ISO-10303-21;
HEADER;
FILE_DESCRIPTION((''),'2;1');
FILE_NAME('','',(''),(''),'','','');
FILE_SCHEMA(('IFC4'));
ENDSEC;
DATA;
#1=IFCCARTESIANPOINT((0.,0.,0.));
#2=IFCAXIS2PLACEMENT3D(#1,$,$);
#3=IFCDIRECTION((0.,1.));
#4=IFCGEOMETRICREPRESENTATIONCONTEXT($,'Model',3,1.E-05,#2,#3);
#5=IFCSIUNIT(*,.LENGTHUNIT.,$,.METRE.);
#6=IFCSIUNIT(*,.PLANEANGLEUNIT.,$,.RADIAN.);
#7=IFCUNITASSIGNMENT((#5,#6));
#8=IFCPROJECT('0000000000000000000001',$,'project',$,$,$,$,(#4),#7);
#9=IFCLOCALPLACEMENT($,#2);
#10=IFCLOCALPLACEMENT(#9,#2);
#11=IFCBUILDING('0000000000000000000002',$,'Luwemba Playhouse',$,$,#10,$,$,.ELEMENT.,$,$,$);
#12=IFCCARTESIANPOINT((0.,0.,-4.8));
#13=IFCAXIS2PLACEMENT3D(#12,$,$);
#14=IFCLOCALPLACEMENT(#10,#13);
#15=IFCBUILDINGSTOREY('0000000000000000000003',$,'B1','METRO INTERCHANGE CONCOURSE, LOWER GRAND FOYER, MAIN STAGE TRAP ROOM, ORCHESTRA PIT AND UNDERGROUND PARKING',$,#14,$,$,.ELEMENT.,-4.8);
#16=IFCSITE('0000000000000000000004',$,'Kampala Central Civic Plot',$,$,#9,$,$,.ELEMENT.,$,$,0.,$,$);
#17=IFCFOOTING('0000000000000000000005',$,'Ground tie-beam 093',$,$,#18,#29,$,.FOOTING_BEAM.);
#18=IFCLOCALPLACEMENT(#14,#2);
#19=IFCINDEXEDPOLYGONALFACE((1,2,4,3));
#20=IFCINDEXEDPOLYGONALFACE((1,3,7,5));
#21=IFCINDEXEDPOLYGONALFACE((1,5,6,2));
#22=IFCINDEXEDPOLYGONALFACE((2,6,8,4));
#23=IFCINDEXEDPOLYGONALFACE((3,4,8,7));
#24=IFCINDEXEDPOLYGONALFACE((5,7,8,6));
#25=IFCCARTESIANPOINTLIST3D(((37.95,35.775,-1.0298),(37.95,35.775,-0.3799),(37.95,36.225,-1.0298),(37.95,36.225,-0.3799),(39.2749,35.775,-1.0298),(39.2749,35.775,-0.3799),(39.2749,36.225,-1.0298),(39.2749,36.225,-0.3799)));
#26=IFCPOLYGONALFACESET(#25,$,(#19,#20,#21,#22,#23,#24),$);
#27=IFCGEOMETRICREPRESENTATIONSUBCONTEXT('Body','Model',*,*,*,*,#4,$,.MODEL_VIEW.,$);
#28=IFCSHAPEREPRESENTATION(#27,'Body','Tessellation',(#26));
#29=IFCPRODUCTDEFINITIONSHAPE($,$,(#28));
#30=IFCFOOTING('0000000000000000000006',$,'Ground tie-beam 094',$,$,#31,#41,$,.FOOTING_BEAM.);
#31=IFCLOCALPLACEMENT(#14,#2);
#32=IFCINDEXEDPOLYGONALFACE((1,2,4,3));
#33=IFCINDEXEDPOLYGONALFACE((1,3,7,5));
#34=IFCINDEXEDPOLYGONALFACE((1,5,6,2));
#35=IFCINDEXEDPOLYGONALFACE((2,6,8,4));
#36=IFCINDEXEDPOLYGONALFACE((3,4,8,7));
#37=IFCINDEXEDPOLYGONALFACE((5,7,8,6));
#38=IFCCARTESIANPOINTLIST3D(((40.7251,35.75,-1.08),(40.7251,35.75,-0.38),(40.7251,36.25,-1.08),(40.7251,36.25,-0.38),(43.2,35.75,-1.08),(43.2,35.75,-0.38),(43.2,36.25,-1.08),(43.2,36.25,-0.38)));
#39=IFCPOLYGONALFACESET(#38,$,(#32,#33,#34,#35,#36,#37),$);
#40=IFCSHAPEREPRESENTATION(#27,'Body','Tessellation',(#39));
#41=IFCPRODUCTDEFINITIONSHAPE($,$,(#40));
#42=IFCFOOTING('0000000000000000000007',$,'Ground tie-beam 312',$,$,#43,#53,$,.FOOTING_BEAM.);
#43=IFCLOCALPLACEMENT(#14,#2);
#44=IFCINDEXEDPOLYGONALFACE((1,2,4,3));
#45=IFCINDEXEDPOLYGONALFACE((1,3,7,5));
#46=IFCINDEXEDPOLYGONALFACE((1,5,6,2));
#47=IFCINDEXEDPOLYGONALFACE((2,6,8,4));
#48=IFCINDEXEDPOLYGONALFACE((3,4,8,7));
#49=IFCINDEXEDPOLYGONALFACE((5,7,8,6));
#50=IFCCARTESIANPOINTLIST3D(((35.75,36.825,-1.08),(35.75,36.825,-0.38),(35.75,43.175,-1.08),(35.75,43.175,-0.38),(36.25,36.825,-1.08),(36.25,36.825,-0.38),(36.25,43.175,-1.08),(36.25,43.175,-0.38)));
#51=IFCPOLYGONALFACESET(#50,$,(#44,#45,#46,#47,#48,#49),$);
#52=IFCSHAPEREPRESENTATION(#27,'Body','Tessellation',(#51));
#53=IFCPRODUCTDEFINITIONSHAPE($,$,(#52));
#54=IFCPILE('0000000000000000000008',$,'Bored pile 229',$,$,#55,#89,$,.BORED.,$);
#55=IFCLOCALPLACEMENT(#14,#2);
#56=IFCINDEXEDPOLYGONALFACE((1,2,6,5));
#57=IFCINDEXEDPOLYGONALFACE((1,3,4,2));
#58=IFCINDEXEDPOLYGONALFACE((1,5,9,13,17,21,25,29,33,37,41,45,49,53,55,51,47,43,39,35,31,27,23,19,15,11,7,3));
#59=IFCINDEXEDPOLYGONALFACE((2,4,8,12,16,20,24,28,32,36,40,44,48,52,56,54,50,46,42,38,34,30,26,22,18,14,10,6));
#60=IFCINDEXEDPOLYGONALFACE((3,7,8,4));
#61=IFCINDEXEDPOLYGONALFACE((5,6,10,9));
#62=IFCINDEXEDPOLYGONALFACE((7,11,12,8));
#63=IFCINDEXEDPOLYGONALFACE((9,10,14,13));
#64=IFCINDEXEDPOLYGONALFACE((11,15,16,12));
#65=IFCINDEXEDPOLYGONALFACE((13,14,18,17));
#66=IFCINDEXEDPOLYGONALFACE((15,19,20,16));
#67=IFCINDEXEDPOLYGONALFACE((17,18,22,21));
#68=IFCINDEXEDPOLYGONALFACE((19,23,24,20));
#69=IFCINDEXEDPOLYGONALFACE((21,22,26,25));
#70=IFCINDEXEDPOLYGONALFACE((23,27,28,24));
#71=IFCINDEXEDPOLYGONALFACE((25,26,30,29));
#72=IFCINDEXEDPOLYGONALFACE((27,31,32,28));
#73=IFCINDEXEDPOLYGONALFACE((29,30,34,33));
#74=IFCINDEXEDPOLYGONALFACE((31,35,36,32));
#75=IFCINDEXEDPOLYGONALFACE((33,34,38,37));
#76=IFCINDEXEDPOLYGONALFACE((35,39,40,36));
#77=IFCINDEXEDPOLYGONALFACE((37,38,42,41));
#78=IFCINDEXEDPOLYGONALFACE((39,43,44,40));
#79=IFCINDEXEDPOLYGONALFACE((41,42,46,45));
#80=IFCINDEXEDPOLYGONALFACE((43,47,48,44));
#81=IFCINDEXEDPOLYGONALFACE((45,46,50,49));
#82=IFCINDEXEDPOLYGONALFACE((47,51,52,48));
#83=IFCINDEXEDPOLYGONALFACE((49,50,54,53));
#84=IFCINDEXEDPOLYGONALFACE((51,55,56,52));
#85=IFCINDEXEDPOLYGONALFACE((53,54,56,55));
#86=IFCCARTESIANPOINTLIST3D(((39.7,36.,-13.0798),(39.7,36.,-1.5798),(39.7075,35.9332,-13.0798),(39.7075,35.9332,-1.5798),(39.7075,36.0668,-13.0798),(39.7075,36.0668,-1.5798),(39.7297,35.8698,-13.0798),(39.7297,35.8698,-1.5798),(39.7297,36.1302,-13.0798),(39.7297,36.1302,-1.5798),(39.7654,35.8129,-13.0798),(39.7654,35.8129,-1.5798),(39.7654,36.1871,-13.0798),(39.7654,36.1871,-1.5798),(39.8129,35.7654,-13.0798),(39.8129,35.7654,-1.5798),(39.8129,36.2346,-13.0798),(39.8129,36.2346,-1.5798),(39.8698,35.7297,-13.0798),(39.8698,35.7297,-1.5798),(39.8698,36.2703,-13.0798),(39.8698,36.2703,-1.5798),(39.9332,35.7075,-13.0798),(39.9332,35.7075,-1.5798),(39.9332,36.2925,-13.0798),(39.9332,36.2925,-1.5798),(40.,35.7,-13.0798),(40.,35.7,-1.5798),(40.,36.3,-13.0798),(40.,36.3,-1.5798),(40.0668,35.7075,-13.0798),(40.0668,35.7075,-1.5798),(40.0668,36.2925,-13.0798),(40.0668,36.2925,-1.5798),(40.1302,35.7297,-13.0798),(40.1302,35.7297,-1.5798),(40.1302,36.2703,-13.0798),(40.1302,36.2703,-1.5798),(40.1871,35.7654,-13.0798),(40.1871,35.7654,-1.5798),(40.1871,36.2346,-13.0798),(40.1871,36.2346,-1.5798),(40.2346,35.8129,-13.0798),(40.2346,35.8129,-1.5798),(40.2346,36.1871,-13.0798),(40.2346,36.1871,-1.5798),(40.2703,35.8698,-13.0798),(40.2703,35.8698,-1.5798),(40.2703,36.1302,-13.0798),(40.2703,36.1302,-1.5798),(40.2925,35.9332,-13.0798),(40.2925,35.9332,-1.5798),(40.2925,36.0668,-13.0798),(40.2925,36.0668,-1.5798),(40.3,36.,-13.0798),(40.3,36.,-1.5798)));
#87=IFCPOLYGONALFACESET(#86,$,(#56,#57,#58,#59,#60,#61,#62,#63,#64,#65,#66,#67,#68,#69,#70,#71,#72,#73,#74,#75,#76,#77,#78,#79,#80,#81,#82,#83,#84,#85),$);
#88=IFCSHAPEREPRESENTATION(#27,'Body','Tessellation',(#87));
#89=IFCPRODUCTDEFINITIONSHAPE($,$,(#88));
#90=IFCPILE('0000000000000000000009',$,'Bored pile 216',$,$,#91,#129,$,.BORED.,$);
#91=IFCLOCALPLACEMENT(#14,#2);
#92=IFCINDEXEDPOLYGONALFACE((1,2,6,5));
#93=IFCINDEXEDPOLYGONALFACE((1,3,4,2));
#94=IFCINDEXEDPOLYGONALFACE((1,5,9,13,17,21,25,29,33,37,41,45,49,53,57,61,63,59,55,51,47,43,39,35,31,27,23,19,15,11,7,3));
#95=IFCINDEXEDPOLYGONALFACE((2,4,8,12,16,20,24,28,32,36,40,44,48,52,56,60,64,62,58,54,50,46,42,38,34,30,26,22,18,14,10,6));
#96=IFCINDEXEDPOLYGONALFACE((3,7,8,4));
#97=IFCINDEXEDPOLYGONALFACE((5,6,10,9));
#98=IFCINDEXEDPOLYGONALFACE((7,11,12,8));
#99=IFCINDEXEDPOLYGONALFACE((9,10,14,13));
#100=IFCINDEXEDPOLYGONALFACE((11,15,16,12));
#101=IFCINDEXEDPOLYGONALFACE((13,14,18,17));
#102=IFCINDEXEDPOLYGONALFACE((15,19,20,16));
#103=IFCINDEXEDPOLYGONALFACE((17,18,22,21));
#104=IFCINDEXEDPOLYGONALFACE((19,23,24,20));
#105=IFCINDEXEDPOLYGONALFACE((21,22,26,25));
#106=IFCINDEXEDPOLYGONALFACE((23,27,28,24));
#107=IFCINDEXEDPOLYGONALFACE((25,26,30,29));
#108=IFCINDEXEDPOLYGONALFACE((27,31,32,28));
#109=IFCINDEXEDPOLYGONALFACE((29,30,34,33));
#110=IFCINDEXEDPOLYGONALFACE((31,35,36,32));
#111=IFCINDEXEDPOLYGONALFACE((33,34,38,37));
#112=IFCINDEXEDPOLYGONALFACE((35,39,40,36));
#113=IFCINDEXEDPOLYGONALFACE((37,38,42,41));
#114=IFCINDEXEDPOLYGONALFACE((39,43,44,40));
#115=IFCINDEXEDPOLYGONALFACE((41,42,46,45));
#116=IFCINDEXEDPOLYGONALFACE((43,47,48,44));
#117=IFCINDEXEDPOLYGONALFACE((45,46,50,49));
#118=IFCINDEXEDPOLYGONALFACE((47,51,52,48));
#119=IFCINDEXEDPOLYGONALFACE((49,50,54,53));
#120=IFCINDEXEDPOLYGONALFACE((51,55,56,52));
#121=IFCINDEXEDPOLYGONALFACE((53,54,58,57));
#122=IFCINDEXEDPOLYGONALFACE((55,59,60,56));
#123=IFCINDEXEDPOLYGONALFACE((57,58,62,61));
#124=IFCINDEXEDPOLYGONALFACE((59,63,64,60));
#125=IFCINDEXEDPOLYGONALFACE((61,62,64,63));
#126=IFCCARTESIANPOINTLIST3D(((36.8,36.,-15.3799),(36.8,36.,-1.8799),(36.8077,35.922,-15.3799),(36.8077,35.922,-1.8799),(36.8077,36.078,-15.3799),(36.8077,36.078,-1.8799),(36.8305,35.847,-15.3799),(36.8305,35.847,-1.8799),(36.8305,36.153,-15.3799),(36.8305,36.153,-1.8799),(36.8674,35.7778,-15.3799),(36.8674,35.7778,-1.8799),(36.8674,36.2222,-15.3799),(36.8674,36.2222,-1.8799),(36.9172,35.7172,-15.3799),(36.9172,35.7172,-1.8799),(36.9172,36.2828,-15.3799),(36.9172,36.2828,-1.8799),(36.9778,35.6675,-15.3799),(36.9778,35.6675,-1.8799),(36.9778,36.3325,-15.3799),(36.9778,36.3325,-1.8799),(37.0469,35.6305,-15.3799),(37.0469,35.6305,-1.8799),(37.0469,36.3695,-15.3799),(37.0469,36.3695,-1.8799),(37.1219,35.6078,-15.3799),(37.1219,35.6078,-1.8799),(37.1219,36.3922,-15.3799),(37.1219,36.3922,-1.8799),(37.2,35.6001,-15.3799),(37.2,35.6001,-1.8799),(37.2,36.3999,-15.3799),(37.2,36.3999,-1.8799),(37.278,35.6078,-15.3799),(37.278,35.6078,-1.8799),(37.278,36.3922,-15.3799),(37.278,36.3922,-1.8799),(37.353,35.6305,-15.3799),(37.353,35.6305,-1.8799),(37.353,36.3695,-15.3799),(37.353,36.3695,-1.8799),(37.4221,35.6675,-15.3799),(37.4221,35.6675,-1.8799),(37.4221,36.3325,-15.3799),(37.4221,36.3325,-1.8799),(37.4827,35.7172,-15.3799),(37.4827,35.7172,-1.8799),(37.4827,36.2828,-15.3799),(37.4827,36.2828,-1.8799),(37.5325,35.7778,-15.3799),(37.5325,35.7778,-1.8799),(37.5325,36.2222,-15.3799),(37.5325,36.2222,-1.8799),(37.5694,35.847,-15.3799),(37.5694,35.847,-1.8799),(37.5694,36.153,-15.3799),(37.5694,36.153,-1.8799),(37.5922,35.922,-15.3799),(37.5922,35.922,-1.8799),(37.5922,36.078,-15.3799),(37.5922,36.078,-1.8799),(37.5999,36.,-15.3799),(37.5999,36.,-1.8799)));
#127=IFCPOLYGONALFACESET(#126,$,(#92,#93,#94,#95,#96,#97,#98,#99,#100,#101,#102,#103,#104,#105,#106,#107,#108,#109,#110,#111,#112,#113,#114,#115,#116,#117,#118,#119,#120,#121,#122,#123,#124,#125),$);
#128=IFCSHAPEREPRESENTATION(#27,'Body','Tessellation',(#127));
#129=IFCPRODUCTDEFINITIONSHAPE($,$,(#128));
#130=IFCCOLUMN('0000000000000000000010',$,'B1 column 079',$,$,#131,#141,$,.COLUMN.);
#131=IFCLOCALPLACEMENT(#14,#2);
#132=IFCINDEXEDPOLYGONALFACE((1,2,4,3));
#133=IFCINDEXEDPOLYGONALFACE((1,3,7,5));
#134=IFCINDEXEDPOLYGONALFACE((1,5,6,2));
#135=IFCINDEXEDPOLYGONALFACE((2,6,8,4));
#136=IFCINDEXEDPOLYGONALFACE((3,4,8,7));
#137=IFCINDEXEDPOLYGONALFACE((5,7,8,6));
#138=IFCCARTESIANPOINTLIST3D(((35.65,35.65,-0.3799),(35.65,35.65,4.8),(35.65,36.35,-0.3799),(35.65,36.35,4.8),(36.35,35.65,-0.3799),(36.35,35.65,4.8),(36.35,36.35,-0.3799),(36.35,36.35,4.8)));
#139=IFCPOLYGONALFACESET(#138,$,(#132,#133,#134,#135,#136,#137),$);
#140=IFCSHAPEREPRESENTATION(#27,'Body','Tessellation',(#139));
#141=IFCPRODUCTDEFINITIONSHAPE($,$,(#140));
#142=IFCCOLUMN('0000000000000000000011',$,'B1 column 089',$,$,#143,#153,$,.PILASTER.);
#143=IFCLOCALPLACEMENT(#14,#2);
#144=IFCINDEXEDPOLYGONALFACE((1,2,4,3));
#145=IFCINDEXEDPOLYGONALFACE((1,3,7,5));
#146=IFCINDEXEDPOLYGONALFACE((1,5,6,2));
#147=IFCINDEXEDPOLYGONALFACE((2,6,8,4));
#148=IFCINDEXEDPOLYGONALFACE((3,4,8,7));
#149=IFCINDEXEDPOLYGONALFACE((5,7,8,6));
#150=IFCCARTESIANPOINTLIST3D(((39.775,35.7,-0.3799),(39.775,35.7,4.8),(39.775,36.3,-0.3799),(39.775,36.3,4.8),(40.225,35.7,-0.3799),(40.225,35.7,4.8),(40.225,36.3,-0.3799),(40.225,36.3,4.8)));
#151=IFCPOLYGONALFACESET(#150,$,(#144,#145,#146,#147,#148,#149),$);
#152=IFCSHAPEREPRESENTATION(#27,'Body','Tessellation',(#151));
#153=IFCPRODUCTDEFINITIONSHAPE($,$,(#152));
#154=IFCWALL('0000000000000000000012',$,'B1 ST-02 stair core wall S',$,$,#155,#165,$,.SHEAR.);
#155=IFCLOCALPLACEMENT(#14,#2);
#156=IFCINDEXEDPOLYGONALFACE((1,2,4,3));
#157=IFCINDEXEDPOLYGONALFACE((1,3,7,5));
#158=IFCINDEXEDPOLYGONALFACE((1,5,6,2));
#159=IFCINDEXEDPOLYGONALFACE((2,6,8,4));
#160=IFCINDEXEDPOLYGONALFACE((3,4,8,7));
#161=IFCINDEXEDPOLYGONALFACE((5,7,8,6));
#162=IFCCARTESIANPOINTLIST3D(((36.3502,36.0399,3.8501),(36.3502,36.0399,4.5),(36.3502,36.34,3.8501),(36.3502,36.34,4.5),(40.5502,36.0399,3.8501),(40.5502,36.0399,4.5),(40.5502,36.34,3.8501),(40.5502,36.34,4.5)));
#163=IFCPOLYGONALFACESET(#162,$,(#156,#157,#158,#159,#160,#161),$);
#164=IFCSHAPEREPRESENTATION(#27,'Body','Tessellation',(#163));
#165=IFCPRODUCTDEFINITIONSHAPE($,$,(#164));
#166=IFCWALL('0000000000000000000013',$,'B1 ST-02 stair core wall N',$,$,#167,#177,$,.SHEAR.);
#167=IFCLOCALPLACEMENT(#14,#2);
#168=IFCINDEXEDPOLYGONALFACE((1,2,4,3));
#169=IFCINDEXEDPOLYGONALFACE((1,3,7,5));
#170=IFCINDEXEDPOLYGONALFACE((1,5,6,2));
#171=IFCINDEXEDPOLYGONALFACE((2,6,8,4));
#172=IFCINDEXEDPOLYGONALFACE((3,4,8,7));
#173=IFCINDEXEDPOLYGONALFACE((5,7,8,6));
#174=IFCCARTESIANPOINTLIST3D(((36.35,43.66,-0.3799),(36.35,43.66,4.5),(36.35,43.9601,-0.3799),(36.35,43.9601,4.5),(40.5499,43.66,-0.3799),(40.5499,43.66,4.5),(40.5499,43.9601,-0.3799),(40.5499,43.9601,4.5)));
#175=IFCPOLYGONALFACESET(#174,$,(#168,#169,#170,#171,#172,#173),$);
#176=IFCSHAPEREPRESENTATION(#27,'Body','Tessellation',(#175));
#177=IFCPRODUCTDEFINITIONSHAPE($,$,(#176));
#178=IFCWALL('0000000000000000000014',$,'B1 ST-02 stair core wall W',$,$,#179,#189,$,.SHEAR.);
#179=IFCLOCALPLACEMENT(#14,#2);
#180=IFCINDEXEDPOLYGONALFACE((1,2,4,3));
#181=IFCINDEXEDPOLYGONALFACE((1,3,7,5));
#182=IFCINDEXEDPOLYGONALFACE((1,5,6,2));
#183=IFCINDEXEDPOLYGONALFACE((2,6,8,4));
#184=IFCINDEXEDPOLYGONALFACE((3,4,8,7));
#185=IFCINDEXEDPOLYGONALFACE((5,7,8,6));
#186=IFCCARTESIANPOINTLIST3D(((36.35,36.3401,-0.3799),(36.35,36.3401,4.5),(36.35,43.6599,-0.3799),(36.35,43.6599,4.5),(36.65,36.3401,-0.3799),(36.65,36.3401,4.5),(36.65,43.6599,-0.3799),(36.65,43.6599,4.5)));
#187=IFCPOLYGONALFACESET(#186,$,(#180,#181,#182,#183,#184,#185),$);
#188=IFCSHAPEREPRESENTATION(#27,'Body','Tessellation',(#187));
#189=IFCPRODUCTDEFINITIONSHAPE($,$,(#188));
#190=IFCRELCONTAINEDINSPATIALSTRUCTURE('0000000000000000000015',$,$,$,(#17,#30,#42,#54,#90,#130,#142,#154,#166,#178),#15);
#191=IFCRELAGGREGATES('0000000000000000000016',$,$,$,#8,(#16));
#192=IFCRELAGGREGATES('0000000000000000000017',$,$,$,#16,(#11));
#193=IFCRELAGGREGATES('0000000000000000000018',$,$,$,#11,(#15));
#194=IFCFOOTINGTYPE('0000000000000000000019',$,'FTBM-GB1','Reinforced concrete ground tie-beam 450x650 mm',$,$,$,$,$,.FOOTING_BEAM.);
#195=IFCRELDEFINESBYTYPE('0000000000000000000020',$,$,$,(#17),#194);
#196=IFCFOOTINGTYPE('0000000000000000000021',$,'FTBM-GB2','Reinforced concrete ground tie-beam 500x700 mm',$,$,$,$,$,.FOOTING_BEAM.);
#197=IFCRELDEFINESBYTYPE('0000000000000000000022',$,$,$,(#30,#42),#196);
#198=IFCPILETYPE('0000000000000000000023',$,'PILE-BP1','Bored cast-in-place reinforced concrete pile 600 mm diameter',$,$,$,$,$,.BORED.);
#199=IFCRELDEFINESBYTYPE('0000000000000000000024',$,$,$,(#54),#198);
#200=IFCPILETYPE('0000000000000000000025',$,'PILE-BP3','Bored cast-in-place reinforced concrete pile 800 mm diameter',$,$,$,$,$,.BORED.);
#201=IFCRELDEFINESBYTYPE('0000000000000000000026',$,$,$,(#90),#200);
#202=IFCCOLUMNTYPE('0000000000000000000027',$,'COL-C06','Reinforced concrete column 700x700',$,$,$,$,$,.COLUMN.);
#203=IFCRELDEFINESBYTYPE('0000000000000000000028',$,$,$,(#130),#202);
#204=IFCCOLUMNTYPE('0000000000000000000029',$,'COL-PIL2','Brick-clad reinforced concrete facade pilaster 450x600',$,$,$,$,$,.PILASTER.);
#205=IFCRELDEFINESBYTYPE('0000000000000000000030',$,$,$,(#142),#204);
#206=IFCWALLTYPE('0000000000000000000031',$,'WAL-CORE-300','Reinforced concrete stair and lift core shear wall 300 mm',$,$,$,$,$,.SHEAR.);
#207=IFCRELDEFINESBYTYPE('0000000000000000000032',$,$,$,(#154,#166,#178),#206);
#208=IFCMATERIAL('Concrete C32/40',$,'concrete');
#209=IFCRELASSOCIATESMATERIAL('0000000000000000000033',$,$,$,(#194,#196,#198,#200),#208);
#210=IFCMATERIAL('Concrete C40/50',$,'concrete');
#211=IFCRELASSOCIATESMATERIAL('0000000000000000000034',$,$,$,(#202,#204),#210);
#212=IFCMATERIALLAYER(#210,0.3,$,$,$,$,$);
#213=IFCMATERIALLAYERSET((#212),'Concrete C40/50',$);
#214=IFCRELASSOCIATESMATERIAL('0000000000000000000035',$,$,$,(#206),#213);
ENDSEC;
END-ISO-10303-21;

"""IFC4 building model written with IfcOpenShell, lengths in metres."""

from ifc_helpers import new_model, si_unit, direction, frame, frame_2d, origin, origin_2d, place, context, subcontext, project, spatial, rectangle, circle, extrude, material, layer, layer_set, material_profile, profile_set, type_object, element, save


model = new_model("IFC4")

# Units and contexts
model_context = context("Model", 3, precision=1e-05, world=origin(), true_north=direction((0.0, 1.0)))
body_context = subcontext(model_context, "Body", "Model", "MODEL_VIEW")
ifc_project = project(units=[si_unit("LENGTHUNIT", "METRE"), si_unit("PLANEANGLEUNIT", "RADIAN")], contexts=[model_context])

# Site, building, storey
site_placement = place(None, origin())
site = spatial("IfcSite", under=ifc_project, at=site_placement, Name="Kampala Central Civic Plot", CompositionType="ELEMENT", RefElevation=0.0)
building_placement = place(site_placement, origin())
building = spatial("IfcBuilding", under=site, at=building_placement, Name="Luwemba Playhouse", CompositionType="ELEMENT")
storey_placement = place(building_placement, frame((0.0, 0.0, -4.8)))
storey = spatial("IfcBuildingStorey", under=building, at=storey_placement, Name="B1", Description="METRO INTERCHANGE CONCOURSE, LOWER GRAND FOYER, MAIN STAGE TRAP ROOM, ORCHESTRA PIT AND UNDERGROUND PARKING", CompositionType="ELEMENT", Elevation=-4.8)

# Footings
ifc_material_1 = material(Name="Concrete C32/40", Category="concrete")
ifc_material_profile_1 = material_profile(ifc_material_1, rectangle(XDim=0.45, YDim=0.6499, at=origin_2d()))
ifc_profile_set_1 = profile_set([ifc_material_profile_1], Name="Concrete C32/40")
footing_type_1 = type_object("IfcFootingType", Name="FTBM-GB1", Description="Reinforced concrete ground tie-beam 450x650 mm", PredefinedType="FOOTING_BEAM", material=ifc_profile_set_1)
footing_1_placement = place(storey_placement, frame((37.95, 36.0, -0.7048), z_axis=(1.0, 0.0, 0.0), x_axis=(0.0, 1.0, 0.0)))
element("IfcFooting", 1, at=footing_1_placement, inside=storey, type_object=footing_type_1, Name="Ground tie-beam 093", PredefinedType="FOOTING_BEAM", context=body_context, shape_type="SweptSolid", body=[
    extrude(rectangle(XDim=0.45, YDim=0.6499, at=origin_2d()), origin(), (0.0, 0.0, 1.0), 1.325),
])
ifc_material_profile_2 = material_profile(ifc_material_1, rectangle(XDim=0.5, YDim=0.7, at=origin_2d()))
ifc_profile_set_2 = profile_set([ifc_material_profile_2], Name="Concrete C32/40")
footing_type_2 = type_object("IfcFootingType", Name="FTBM-GB2", Description="Reinforced concrete ground tie-beam 500x700 mm", PredefinedType="FOOTING_BEAM", material=ifc_profile_set_2)
footing_2_placement = place(storey_placement, frame((40.7251, 36.0, -0.73), z_axis=(1.0, 0.0, 0.0), x_axis=(0.0, 1.0, 0.0)))
element("IfcFooting", 2, at=footing_2_placement, inside=storey, type_object=footing_type_2, Name="Ground tie-beam 094", PredefinedType="FOOTING_BEAM", context=body_context, shape_type="SweptSolid", body=[
    extrude(rectangle(XDim=0.5, YDim=0.7, at=origin_2d()), origin(), (0.0, 0.0, 1.0), 2.4749),
])
footing_3_placement = place(storey_placement, frame((36.0, 36.825, -0.73), z_axis=(0.0, 1.0, 0.0), x_axis=(-1.0, 0.0, 0.0)))
element("IfcFooting", 3, at=footing_3_placement, inside=storey, type_object=footing_type_2, Name="Ground tie-beam 312", PredefinedType="FOOTING_BEAM", context=body_context, shape_type="SweptSolid", body=[
    extrude(rectangle(XDim=0.5, YDim=0.7, at=origin_2d()), origin(), (0.0, 0.0, 1.0), 6.3501),
])

# Piles
ifc_material_profile_3 = material_profile(ifc_material_1, circle(Radius=0.3, at=origin_2d()))
ifc_profile_set_3 = profile_set([ifc_material_profile_3], Name="Concrete C32/40")
pile_type_1 = type_object("IfcPileType", Name="PILE-BP1", Description="Bored cast-in-place reinforced concrete pile 600 mm diameter", PredefinedType="BORED", material=ifc_profile_set_3)
pile_1_placement = place(storey_placement, frame((40.0, 36.0, -1.5798), z_axis=(0.0, 0.0, -1.0), x_axis=(1.0, 0.0, 0.0)))
element("IfcPile", 4, at=pile_1_placement, inside=storey, type_object=pile_type_1, Name="Bored pile 229", PredefinedType="BORED", context=body_context, shape_type="SweptSolid", body=[
    extrude(circle(Radius=0.3, at=origin_2d()), origin(), (0.0, 0.0, 1.0), 11.5),
])
ifc_material_profile_4 = material_profile(ifc_material_1, circle(Radius=0.3999, at=origin_2d()))
ifc_profile_set_4 = profile_set([ifc_material_profile_4], Name="Concrete C32/40")
pile_type_2 = type_object("IfcPileType", Name="PILE-BP3", Description="Bored cast-in-place reinforced concrete pile 800 mm diameter", PredefinedType="BORED", material=ifc_profile_set_4)
pile_2_placement = place(storey_placement, frame((37.2, 36.0, -1.8799), z_axis=(0.0, 0.0, -1.0), x_axis=(1.0, 0.0, 0.0)))
element("IfcPile", 5, at=pile_2_placement, inside=storey, type_object=pile_type_2, Name="Bored pile 216", PredefinedType="BORED", context=body_context, shape_type="SweptSolid", body=[
    extrude(circle(Radius=0.3999, at=origin_2d()), origin(), (0.0, 0.0, 1.0), 13.5),
])

# Columns
ifc_material_2 = material(Name="Concrete C40/50", Category="concrete")
ifc_material_profile_5 = material_profile(ifc_material_2, rectangle(XDim=0.7, YDim=0.7, at=origin_2d()))
ifc_profile_set_5 = profile_set([ifc_material_profile_5], Name="Concrete C40/50")
column_type_1 = type_object("IfcColumnType", Name="COL-C06", Description="Reinforced concrete column 700x700", PredefinedType="COLUMN", material=ifc_profile_set_5)
column_1_placement = place(storey_placement, frame((36.0, 36.0, -0.3799), z_axis=(0.0, 0.0, 1.0), x_axis=(1.0, 0.0, 0.0)))
element("IfcColumn", 6, at=column_1_placement, inside=storey, type_object=column_type_1, Name="B1 column 079", PredefinedType="COLUMN", context=body_context, shape_type="SweptSolid", body=[
    extrude(rectangle(XDim=0.7, YDim=0.7, at=origin_2d()), origin(), (0.0, 0.0, 1.0), 5.1799),
])
ifc_material_profile_6 = material_profile(ifc_material_2, rectangle(XDim=0.45, YDim=0.6001, at=origin_2d()))
ifc_profile_set_6 = profile_set([ifc_material_profile_6], Name="Concrete C40/50")
column_type_2 = type_object("IfcColumnType", Name="COL-PIL2", Description="Brick-clad reinforced concrete facade pilaster 450x600", PredefinedType="PILASTER", material=ifc_profile_set_6)
column_2_placement = place(storey_placement, frame((40.0, 36.0, -0.3799), z_axis=(0.0, 0.0, 1.0), x_axis=(1.0, 0.0, 0.0)))
element("IfcColumn", 7, at=column_2_placement, inside=storey, type_object=column_type_2, Name="B1 column 089", PredefinedType="PILASTER", context=body_context, shape_type="SweptSolid", body=[
    extrude(rectangle(XDim=0.45, YDim=0.6001, at=origin_2d()), origin(), (0.0, 0.0, 1.0), 5.1799),
])

# Walls
ifc_layer_1 = layer(ifc_material_2, 0.3)
ifc_layer_set_1 = layer_set([ifc_layer_1], Name="Concrete C40/50")
wall_type_1 = type_object("IfcWallType", Name="WAL-CORE-300", Description="Reinforced concrete stair and lift core shear wall 300 mm", PredefinedType="SHEAR", material=ifc_layer_set_1)
wall_1_placement = place(storey_placement, frame((36.3501, 36.1899, 3.8501), z_axis=(0.0, 0.0, 1.0), x_axis=(1.0, 0.0, 0.0)))
element("IfcWall", 8, at=wall_1_placement, inside=storey, type_object=wall_type_1, Name="B1 ST-02 stair core wall S", PredefinedType="SHEAR", context=body_context, shape_type="SweptSolid", body=[
    extrude(rectangle(XDim=4.2, YDim=0.3, at=frame_2d((2.1001, 0.0))), origin(), (0.0, 0.0, 1.0), 0.6499),
])
wall_2_placement = place(storey_placement, frame((40.55, 43.8101, -0.3799), z_axis=(0.0, 0.0, 1.0), x_axis=(-1.0, 0.0, 0.0)))
element("IfcWall", 9, at=wall_2_placement, inside=storey, type_object=wall_type_1, Name="B1 ST-02 stair core wall N", PredefinedType="SHEAR", context=body_context, shape_type="SweptSolid", body=[
    extrude(rectangle(XDim=4.2, YDim=0.3, at=frame_2d((2.1001, 0.0))), origin(), (0.0, 0.0, 1.0), 4.8799),
])
wall_3_placement = place(storey_placement, frame((36.5, 36.3401, -0.3799), z_axis=(0.0, 0.0, 1.0), x_axis=(0.0, 1.0, 0.0)))
element("IfcWall", 10, at=wall_3_placement, inside=storey, type_object=wall_type_1, Name="B1 ST-02 stair core wall W", PredefinedType="SHEAR", context=body_context, shape_type="SweptSolid", body=[
    extrude(rectangle(XDim=7.3198, YDim=0.3, at=frame_2d((3.6599, 0.0))), origin(), (0.0, 0.0, 1.0), 4.8799),
])

save(model, "model.ifc")
